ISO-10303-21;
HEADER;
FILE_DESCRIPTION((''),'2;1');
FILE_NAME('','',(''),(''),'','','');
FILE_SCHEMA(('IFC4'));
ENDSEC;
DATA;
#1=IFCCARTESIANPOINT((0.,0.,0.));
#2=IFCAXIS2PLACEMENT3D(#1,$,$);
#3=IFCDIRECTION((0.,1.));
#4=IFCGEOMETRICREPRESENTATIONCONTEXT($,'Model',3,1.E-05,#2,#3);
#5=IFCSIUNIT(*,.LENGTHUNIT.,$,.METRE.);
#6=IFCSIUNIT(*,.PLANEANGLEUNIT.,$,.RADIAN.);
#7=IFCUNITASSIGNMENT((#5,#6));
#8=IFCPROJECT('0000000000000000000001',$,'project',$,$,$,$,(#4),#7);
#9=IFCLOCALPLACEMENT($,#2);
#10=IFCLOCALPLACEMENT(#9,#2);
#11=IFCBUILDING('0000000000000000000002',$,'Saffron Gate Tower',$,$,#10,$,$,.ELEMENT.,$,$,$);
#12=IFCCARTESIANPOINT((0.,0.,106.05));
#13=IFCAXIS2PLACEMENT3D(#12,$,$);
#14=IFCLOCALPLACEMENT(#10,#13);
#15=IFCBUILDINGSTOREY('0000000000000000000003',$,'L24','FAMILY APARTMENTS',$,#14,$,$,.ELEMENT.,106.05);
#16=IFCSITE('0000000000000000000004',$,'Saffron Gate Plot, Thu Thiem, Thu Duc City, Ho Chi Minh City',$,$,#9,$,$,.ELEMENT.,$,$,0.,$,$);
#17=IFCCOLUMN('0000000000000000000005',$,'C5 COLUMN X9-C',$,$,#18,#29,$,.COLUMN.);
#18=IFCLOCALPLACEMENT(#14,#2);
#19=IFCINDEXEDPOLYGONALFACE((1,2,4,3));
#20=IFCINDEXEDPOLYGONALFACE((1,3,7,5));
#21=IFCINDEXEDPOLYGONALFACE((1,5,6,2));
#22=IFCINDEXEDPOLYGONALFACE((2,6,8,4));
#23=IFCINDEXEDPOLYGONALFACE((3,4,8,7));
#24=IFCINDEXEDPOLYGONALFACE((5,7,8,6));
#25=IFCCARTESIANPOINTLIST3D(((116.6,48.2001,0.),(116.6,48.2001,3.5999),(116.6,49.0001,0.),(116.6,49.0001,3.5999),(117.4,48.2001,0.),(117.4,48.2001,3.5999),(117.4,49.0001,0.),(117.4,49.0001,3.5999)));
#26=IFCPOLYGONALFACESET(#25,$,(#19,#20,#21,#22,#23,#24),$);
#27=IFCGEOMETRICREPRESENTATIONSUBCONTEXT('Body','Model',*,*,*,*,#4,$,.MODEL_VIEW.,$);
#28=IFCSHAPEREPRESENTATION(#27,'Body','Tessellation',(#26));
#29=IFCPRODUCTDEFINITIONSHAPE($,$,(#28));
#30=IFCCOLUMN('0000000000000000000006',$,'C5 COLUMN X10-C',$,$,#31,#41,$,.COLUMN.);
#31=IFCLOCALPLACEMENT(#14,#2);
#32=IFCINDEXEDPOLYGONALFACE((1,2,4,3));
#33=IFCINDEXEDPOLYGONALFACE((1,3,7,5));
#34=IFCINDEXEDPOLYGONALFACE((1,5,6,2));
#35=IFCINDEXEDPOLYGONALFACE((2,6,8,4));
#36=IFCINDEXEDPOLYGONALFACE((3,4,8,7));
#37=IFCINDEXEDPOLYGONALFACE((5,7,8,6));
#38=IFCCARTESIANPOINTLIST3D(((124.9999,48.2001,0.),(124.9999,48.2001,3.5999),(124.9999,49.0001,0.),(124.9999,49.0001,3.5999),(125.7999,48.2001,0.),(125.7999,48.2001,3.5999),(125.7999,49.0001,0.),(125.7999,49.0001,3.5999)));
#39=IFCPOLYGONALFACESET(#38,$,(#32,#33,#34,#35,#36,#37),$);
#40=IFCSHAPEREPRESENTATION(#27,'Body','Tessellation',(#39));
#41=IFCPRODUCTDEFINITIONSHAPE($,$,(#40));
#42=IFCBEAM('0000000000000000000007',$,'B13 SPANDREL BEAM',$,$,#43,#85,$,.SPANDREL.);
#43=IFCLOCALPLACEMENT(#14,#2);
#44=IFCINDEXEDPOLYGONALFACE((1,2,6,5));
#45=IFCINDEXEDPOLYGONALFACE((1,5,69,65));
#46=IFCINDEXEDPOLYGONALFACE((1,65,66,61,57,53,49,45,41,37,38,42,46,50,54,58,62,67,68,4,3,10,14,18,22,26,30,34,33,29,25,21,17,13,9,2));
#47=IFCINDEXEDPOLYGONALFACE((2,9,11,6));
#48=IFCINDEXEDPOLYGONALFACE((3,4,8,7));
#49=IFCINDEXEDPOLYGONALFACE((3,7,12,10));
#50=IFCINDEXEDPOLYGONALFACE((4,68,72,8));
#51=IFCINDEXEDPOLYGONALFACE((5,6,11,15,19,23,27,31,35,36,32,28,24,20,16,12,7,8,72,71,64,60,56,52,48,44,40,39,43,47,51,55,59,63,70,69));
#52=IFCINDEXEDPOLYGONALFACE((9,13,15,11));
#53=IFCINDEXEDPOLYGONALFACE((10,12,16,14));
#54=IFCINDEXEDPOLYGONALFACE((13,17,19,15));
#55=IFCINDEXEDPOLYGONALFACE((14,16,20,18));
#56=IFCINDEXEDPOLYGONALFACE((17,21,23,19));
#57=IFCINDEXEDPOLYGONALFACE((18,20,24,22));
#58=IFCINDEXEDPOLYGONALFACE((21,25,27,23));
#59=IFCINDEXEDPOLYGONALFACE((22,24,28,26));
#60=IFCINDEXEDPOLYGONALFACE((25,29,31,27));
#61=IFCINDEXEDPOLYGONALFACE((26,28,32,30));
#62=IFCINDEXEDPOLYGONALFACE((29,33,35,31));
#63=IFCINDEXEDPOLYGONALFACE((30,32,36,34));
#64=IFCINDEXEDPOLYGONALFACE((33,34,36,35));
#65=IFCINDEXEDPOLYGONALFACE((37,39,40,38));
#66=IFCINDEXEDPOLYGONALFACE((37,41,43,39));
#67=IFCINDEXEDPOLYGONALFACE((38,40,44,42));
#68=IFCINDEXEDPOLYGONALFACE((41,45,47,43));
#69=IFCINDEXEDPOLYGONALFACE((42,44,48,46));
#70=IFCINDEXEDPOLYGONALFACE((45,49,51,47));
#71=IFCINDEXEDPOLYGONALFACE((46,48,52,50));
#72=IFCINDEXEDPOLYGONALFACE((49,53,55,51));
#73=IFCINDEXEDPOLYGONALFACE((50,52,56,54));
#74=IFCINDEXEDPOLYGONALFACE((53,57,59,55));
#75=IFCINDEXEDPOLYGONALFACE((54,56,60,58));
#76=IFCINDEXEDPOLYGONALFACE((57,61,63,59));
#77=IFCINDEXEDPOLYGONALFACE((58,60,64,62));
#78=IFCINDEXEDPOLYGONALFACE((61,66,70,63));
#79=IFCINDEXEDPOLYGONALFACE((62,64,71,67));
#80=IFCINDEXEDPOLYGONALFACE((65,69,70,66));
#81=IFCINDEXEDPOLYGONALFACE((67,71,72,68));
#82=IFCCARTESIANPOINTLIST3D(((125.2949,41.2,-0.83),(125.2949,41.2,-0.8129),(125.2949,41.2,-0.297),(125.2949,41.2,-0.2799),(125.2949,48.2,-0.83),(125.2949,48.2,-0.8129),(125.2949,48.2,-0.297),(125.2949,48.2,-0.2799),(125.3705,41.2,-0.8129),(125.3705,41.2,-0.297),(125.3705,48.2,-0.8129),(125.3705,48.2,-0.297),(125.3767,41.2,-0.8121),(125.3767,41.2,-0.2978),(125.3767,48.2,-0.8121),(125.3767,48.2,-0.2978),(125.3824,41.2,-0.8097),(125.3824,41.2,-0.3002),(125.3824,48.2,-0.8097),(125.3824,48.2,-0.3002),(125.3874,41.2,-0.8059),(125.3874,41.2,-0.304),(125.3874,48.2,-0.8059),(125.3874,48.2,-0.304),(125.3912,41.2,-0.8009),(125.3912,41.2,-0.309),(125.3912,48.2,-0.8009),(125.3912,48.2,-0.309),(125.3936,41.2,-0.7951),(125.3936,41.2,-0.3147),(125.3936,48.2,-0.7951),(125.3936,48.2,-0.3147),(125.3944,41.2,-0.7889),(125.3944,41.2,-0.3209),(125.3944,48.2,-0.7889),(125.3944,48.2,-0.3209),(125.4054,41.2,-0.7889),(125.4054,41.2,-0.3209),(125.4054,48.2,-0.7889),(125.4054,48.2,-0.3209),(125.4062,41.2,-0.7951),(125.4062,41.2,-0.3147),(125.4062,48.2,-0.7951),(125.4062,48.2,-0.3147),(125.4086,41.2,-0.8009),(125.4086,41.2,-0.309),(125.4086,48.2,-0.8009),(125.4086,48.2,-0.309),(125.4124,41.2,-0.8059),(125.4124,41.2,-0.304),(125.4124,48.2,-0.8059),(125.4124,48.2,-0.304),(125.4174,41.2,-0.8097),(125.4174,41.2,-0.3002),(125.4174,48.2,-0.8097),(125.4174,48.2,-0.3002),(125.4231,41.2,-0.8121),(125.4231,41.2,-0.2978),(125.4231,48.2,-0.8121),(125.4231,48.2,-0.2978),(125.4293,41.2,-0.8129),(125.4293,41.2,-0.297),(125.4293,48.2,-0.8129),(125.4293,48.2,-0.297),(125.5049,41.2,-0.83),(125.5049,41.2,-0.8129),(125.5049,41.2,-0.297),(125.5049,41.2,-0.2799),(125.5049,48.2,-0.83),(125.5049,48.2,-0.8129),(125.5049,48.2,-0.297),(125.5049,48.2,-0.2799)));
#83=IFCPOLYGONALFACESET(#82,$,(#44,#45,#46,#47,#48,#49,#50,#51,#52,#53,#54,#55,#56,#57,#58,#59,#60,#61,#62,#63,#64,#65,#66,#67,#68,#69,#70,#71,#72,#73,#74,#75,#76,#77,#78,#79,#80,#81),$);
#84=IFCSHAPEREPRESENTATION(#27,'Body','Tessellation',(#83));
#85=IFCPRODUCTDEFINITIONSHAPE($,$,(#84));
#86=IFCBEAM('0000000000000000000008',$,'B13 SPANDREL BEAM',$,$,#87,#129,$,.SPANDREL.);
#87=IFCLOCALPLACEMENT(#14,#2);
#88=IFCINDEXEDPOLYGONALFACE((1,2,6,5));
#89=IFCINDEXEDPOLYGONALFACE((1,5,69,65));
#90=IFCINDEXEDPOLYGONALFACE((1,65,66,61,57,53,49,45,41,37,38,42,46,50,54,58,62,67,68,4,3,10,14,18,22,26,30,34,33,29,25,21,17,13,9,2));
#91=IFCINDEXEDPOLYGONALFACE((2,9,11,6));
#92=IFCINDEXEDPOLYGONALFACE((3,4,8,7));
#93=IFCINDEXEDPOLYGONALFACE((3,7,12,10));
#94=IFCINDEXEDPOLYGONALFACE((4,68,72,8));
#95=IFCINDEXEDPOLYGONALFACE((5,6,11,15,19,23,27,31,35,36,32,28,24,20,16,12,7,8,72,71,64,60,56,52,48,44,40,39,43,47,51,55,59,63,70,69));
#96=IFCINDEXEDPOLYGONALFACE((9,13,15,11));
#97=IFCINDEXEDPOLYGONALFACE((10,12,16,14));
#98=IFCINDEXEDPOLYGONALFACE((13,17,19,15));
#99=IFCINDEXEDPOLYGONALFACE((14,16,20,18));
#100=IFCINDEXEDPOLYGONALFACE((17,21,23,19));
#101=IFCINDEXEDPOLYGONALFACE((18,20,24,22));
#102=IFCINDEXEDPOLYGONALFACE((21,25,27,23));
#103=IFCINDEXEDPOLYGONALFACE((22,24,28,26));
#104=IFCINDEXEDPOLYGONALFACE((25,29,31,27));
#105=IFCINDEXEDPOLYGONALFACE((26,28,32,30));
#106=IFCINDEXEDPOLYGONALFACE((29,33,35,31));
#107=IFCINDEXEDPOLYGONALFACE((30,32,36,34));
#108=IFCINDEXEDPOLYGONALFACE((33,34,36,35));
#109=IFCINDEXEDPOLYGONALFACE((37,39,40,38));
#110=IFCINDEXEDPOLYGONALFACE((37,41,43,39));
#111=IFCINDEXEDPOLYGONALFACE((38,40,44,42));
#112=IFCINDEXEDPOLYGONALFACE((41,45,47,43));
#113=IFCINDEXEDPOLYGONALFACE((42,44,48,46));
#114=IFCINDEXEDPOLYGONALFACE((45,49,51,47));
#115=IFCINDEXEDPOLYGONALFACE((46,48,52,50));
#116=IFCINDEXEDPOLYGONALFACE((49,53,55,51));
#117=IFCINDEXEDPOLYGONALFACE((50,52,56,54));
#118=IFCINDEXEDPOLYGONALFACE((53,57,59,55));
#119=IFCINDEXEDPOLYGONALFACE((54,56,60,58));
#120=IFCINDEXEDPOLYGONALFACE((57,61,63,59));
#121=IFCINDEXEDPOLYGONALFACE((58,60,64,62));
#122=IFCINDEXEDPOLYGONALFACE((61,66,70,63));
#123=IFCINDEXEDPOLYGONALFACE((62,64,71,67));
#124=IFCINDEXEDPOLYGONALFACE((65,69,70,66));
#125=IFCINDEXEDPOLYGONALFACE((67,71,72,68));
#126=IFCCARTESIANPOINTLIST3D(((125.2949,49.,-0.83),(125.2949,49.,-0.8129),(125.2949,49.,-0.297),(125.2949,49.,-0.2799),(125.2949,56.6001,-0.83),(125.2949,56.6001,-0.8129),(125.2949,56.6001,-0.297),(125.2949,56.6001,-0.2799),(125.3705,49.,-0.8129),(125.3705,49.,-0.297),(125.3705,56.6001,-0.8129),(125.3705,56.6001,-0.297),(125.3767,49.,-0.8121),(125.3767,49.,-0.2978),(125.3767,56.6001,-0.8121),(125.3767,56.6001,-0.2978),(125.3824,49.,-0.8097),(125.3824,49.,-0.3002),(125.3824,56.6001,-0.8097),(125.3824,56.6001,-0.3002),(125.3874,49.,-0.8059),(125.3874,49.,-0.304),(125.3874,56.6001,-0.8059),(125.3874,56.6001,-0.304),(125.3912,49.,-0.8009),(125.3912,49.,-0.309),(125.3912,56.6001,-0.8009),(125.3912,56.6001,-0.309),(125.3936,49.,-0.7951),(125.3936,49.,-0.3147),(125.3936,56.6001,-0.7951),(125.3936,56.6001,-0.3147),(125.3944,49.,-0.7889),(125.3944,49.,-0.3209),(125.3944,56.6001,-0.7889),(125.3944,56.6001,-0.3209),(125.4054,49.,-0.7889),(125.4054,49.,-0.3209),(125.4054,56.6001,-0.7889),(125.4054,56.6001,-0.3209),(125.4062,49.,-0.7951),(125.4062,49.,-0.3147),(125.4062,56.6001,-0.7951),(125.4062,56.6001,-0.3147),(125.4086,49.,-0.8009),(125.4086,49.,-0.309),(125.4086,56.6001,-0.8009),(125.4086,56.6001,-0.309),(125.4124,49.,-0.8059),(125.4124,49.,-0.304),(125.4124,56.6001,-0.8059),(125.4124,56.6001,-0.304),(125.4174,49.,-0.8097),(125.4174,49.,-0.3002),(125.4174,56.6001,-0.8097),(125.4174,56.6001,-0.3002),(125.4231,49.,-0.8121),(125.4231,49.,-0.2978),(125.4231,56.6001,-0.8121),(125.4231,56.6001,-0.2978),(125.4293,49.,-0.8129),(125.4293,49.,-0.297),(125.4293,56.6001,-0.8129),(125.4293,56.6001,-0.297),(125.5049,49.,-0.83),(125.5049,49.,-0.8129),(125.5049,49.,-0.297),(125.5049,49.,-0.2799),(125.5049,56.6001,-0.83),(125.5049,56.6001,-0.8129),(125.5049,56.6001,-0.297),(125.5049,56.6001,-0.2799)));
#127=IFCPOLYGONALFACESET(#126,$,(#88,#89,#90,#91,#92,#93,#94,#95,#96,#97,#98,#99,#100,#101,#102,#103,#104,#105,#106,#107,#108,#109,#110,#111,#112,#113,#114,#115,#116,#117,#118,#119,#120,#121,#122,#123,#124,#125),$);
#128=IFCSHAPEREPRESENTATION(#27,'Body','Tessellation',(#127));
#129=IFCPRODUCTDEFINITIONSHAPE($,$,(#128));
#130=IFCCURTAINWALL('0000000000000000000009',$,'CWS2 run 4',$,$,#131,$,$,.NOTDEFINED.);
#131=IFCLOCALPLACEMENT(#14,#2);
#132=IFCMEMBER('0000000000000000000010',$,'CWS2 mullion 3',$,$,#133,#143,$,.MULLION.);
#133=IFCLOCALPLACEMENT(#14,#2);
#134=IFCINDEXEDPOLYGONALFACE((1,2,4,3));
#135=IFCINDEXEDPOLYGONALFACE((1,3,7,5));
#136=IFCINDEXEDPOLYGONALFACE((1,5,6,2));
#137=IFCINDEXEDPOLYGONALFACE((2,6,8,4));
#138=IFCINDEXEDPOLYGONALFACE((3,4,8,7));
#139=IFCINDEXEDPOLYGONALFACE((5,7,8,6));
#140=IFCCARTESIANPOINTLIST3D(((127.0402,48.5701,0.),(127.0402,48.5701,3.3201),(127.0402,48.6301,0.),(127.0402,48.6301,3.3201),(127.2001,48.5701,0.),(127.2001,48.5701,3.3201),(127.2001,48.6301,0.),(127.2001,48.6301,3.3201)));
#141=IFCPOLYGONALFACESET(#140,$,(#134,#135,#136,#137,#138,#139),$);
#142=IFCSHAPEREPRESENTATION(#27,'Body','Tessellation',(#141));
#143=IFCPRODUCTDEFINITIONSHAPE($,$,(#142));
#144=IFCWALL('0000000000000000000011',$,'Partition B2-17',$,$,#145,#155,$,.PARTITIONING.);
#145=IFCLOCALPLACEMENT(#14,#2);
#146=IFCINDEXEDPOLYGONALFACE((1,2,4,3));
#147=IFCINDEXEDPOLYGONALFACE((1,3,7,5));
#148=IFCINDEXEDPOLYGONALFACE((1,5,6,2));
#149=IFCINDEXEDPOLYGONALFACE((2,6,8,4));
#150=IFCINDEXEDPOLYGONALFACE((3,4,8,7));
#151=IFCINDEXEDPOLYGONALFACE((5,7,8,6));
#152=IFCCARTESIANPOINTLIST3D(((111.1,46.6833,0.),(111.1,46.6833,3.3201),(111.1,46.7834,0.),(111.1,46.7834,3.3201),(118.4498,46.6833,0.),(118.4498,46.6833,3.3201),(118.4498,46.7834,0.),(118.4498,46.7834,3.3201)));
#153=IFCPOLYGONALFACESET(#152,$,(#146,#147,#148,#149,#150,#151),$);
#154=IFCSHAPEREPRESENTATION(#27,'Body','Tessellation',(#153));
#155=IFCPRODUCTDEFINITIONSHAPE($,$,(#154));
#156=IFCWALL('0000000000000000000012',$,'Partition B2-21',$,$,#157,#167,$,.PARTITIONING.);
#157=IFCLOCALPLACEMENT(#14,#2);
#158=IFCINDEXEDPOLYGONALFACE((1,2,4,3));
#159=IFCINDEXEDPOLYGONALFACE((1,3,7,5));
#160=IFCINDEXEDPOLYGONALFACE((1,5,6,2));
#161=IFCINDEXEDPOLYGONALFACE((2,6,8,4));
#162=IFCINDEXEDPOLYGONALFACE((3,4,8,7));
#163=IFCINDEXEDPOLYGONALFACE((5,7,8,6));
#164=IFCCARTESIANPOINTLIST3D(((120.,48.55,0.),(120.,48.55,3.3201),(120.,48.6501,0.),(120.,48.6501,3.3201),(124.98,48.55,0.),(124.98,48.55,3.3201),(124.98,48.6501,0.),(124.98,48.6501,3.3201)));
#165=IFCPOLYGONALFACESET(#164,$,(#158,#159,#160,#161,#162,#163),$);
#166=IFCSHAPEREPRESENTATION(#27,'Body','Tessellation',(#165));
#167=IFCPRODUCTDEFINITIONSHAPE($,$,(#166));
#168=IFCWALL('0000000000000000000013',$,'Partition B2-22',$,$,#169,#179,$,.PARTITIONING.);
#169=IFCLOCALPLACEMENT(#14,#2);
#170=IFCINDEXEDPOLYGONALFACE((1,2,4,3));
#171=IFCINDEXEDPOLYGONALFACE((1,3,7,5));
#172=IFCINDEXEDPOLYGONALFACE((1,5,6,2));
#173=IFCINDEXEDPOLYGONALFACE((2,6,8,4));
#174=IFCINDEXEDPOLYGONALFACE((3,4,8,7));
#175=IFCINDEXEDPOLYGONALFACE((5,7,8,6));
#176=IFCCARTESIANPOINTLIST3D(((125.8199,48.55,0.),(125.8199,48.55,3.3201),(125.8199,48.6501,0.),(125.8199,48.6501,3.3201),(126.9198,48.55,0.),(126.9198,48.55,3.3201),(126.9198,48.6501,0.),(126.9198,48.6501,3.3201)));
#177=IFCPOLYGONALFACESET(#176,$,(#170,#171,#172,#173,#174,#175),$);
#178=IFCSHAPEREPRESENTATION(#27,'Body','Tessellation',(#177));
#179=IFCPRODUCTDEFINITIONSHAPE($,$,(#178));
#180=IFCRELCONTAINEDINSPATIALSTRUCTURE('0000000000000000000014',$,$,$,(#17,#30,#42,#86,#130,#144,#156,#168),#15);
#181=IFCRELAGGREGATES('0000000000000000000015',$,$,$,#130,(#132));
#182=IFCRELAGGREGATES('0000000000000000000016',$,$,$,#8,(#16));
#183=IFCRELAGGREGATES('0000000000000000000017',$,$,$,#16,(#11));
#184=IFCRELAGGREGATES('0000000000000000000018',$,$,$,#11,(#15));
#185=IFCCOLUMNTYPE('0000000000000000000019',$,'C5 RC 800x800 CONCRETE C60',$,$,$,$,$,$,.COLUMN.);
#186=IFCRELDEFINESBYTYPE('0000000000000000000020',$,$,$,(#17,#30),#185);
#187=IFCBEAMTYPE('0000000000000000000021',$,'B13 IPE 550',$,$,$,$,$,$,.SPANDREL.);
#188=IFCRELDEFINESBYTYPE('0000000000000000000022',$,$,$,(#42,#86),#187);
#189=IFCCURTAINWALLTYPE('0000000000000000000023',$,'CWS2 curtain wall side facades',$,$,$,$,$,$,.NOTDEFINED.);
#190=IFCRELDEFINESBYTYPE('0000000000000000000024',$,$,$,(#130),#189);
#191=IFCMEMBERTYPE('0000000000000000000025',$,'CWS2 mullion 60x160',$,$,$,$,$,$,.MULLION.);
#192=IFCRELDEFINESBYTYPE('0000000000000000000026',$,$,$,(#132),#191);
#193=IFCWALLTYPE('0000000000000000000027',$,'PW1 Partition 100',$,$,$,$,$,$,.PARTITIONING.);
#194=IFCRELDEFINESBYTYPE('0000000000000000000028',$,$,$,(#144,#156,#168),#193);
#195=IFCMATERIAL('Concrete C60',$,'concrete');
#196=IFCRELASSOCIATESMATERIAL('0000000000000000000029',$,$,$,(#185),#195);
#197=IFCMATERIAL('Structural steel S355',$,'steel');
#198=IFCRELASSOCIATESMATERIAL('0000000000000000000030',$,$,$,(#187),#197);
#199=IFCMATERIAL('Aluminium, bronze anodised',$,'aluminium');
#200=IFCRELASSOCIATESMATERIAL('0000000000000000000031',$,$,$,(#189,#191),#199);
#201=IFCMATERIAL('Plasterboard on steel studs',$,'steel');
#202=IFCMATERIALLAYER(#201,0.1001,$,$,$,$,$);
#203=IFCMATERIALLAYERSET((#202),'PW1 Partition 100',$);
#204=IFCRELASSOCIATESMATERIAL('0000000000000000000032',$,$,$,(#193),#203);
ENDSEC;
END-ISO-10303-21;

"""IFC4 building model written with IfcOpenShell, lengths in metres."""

from ifc_helpers import new_model, si_unit, direction, frame, frame_2d, origin, origin_2d, place, context, subcontext, project, spatial, rectangle, i_section, extrude, material, layer, layer_set, material_profile, profile_set, type_object, element, aggregate, save


model = new_model("IFC4")

# Units and contexts
model_context = context("Model", 3, precision=1e-05, world=origin(), true_north=direction((0.0, 1.0)))
body_context = subcontext(model_context, "Body", "Model", "MODEL_VIEW")
ifc_project = project(units=[si_unit("LENGTHUNIT", "METRE"), si_unit("PLANEANGLEUNIT", "RADIAN")], contexts=[model_context])

# Site, building, storey
site_placement = place(None, origin())
site = spatial("IfcSite", under=ifc_project, at=site_placement, Name="Saffron Gate Plot, Thu Thiem, Thu Duc City, Ho Chi Minh City", CompositionType="ELEMENT", RefElevation=0.0)
building_placement = place(site_placement, origin())
building = spatial("IfcBuilding", under=site, at=building_placement, Name="Saffron Gate Tower", CompositionType="ELEMENT")
storey_placement = place(building_placement, frame((0.0, 0.0, 106.05)))
storey = spatial("IfcBuildingStorey", under=building, at=storey_placement, Name="L24", Description="FAMILY APARTMENTS", CompositionType="ELEMENT", Elevation=106.05)

# Columns
ifc_material_1 = material(Name="Concrete C60", Category="concrete")
ifc_material_profile_1 = material_profile(ifc_material_1, rectangle(XDim=0.8, YDim=0.8, at=origin_2d()))
ifc_profile_set_1 = profile_set([ifc_material_profile_1], Name="Concrete C60")
column_type = type_object("IfcColumnType", Name="C5 RC 800x800 CONCRETE C60", PredefinedType="COLUMN", material=ifc_profile_set_1)
for number, where, z_axis, x_axis, name in (
    (1, (117.0, 48.6001, 0.0), (0.0, 0.0, 1.0), (1.0, 0.0, 0.0), "C5 COLUMN X9-C"),
    (2, (125.3999, 48.6001, 0.0), (0.0, 0.0, 1.0), (1.0, 0.0, 0.0), "C5 COLUMN X10-C"),
):
    element("IfcColumn", number, at=place(storey_placement, frame(where, z_axis=z_axis, x_axis=x_axis)), inside=storey, type_object=column_type, Name=name, PredefinedType="COLUMN", context=body_context, shape_type="SweptSolid", body=[
        extrude(rectangle(XDim=0.8, YDim=0.8, at=origin_2d()), origin(), (0.0, 0.0, 1.0), 3.5999),
    ])

# Beams
ifc_material_2 = material(Name="Structural steel S355", Category="steel")
ifc_material_profile_2 = material_profile(ifc_material_2, i_section(OverallWidth=0.21, OverallDepth=0.55, WebThickness=0.011, FlangeThickness=0.0171, FilletRadius=0.0239, at=origin_2d()))
ifc_profile_set_2 = profile_set([ifc_material_profile_2], Name="Structural steel S355")
beam_type = type_object("IfcBeamType", Name="B13 IPE 550", PredefinedType="SPANDREL", material=ifc_profile_set_2)
beam_1_placement = place(storey_placement, frame((125.3999, 41.2, -0.5549), z_axis=(0.0, 1.0, 0.0), x_axis=(-1.0, 0.0, 0.0)))
element("IfcBeam", 3, at=beam_1_placement, inside=storey, type_object=beam_type, Name="B13 SPANDREL BEAM", PredefinedType="SPANDREL", context=body_context, shape_type="SweptSolid", body=[
    extrude(i_section(OverallWidth=0.21, OverallDepth=0.55, WebThickness=0.011, FlangeThickness=0.0171, FilletRadius=0.0239, at=origin_2d()), origin(), (0.0, 0.0, 1.0), 7.0),
])
beam_2_placement = place(storey_placement, frame((125.3999, 49.0, -0.5549), z_axis=(0.0, 1.0, 0.0), x_axis=(-1.0, 0.0, 0.0)))
element("IfcBeam", 4, at=beam_2_placement, inside=storey, type_object=beam_type, Name="B13 SPANDREL BEAM", PredefinedType="SPANDREL", context=body_context, shape_type="SweptSolid", body=[
    extrude(i_section(OverallWidth=0.21, OverallDepth=0.55, WebThickness=0.011, FlangeThickness=0.0171, FilletRadius=0.0239, at=origin_2d()), origin(), (0.0, 0.0, 1.0), 7.6001),
])

# Curtain wall, member
ifc_material_3 = material(Name="Aluminium, bronze anodised", Category="aluminium")
curtain_wall_type = type_object("IfcCurtainWallType", Name="CWS2 curtain wall side facades", PredefinedType="NOTDEFINED", material=ifc_material_3)
curtain_wall_placement = place(storey_placement, origin())
curtain_wall = element("IfcCurtainWall", 5, at=curtain_wall_placement, inside=storey, type_object=curtain_wall_type, Name="CWS2 run 4", PredefinedType="NOTDEFINED")
ifc_material_profile_3 = material_profile(ifc_material_3, rectangle(XDim=0.1599, YDim=0.0601, at=origin_2d()))
ifc_profile_set_3 = profile_set([ifc_material_profile_3], Name="Aluminium, bronze anodised")
member_type = type_object("IfcMemberType", Name="CWS2 mullion 60x160", PredefinedType="MULLION", material=ifc_profile_set_3)
member_placement = place(storey_placement, frame((127.1201, 48.6001, 0.0), z_axis=(0.0, 0.0, 1.0), x_axis=(-1.0, 0.0, 0.0)))
member = element("IfcMember", 6, at=member_placement, type_object=member_type, Name="CWS2 mullion 3", PredefinedType="MULLION", context=body_context, shape_type="SweptSolid", body=[
    extrude(rectangle(XDim=0.1599, YDim=0.0601, at=origin_2d()), origin(), (0.0, 0.0, 1.0), 3.3201),
])
aggregate(curtain_wall, [member])

# Walls
ifc_material_4 = material(Name="Plasterboard on steel studs", Category="steel")
ifc_layer_1 = layer(ifc_material_4, 0.1001)
ifc_layer_set_1 = layer_set([ifc_layer_1], Name="PW1 Partition 100")
wall_type_1 = type_object("IfcWallType", Name="PW1 Partition 100", PredefinedType="PARTITIONING", material=ifc_layer_set_1)
wall_1_placement = place(storey_placement, frame((111.1001, 46.7334, 0.0), z_axis=(0.0, 0.0, 1.0), x_axis=(1.0, 0.0, 0.0)))
element("IfcWall", 7, at=wall_1_placement, inside=storey, type_object=wall_type_1, Name="Partition B2-17", PredefinedType="PARTITIONING", context=body_context, shape_type="SweptSolid", body=[
    extrude(rectangle(XDim=7.3499, YDim=0.1001, at=frame_2d((3.6748, 0.0))), origin(), (0.0, 0.0, 1.0), 3.3201),
])
wall_2_placement = place(storey_placement, frame((120.0, 48.6001, 0.0), z_axis=(0.0, 0.0, 1.0), x_axis=(1.0, 0.0, 0.0)))
element("IfcWall", 8, at=wall_2_placement, inside=storey, type_object=wall_type_1, Name="Partition B2-21", PredefinedType="PARTITIONING", context=body_context, shape_type="SweptSolid", body=[
    extrude(rectangle(XDim=4.98, YDim=0.1001, at=frame_2d((2.49, 0.0))), origin(), (0.0, 0.0, 1.0), 3.3201),
])
wall_3_placement = place(storey_placement, frame((125.8201, 48.6001, 0.0), z_axis=(0.0, 0.0, 1.0), x_axis=(1.0, 0.0, 0.0)))
element("IfcWall", 9, at=wall_3_placement, inside=storey, type_object=wall_type_1, Name="Partition B2-22", PredefinedType="PARTITIONING", context=body_context, shape_type="SweptSolid", body=[
    extrude(rectangle(XDim=1.0999, YDim=0.1001, at=frame_2d((0.5498, 0.0))), origin(), (0.0, 0.0, 1.0), 3.3201),
])

save(model, "model.ifc")
